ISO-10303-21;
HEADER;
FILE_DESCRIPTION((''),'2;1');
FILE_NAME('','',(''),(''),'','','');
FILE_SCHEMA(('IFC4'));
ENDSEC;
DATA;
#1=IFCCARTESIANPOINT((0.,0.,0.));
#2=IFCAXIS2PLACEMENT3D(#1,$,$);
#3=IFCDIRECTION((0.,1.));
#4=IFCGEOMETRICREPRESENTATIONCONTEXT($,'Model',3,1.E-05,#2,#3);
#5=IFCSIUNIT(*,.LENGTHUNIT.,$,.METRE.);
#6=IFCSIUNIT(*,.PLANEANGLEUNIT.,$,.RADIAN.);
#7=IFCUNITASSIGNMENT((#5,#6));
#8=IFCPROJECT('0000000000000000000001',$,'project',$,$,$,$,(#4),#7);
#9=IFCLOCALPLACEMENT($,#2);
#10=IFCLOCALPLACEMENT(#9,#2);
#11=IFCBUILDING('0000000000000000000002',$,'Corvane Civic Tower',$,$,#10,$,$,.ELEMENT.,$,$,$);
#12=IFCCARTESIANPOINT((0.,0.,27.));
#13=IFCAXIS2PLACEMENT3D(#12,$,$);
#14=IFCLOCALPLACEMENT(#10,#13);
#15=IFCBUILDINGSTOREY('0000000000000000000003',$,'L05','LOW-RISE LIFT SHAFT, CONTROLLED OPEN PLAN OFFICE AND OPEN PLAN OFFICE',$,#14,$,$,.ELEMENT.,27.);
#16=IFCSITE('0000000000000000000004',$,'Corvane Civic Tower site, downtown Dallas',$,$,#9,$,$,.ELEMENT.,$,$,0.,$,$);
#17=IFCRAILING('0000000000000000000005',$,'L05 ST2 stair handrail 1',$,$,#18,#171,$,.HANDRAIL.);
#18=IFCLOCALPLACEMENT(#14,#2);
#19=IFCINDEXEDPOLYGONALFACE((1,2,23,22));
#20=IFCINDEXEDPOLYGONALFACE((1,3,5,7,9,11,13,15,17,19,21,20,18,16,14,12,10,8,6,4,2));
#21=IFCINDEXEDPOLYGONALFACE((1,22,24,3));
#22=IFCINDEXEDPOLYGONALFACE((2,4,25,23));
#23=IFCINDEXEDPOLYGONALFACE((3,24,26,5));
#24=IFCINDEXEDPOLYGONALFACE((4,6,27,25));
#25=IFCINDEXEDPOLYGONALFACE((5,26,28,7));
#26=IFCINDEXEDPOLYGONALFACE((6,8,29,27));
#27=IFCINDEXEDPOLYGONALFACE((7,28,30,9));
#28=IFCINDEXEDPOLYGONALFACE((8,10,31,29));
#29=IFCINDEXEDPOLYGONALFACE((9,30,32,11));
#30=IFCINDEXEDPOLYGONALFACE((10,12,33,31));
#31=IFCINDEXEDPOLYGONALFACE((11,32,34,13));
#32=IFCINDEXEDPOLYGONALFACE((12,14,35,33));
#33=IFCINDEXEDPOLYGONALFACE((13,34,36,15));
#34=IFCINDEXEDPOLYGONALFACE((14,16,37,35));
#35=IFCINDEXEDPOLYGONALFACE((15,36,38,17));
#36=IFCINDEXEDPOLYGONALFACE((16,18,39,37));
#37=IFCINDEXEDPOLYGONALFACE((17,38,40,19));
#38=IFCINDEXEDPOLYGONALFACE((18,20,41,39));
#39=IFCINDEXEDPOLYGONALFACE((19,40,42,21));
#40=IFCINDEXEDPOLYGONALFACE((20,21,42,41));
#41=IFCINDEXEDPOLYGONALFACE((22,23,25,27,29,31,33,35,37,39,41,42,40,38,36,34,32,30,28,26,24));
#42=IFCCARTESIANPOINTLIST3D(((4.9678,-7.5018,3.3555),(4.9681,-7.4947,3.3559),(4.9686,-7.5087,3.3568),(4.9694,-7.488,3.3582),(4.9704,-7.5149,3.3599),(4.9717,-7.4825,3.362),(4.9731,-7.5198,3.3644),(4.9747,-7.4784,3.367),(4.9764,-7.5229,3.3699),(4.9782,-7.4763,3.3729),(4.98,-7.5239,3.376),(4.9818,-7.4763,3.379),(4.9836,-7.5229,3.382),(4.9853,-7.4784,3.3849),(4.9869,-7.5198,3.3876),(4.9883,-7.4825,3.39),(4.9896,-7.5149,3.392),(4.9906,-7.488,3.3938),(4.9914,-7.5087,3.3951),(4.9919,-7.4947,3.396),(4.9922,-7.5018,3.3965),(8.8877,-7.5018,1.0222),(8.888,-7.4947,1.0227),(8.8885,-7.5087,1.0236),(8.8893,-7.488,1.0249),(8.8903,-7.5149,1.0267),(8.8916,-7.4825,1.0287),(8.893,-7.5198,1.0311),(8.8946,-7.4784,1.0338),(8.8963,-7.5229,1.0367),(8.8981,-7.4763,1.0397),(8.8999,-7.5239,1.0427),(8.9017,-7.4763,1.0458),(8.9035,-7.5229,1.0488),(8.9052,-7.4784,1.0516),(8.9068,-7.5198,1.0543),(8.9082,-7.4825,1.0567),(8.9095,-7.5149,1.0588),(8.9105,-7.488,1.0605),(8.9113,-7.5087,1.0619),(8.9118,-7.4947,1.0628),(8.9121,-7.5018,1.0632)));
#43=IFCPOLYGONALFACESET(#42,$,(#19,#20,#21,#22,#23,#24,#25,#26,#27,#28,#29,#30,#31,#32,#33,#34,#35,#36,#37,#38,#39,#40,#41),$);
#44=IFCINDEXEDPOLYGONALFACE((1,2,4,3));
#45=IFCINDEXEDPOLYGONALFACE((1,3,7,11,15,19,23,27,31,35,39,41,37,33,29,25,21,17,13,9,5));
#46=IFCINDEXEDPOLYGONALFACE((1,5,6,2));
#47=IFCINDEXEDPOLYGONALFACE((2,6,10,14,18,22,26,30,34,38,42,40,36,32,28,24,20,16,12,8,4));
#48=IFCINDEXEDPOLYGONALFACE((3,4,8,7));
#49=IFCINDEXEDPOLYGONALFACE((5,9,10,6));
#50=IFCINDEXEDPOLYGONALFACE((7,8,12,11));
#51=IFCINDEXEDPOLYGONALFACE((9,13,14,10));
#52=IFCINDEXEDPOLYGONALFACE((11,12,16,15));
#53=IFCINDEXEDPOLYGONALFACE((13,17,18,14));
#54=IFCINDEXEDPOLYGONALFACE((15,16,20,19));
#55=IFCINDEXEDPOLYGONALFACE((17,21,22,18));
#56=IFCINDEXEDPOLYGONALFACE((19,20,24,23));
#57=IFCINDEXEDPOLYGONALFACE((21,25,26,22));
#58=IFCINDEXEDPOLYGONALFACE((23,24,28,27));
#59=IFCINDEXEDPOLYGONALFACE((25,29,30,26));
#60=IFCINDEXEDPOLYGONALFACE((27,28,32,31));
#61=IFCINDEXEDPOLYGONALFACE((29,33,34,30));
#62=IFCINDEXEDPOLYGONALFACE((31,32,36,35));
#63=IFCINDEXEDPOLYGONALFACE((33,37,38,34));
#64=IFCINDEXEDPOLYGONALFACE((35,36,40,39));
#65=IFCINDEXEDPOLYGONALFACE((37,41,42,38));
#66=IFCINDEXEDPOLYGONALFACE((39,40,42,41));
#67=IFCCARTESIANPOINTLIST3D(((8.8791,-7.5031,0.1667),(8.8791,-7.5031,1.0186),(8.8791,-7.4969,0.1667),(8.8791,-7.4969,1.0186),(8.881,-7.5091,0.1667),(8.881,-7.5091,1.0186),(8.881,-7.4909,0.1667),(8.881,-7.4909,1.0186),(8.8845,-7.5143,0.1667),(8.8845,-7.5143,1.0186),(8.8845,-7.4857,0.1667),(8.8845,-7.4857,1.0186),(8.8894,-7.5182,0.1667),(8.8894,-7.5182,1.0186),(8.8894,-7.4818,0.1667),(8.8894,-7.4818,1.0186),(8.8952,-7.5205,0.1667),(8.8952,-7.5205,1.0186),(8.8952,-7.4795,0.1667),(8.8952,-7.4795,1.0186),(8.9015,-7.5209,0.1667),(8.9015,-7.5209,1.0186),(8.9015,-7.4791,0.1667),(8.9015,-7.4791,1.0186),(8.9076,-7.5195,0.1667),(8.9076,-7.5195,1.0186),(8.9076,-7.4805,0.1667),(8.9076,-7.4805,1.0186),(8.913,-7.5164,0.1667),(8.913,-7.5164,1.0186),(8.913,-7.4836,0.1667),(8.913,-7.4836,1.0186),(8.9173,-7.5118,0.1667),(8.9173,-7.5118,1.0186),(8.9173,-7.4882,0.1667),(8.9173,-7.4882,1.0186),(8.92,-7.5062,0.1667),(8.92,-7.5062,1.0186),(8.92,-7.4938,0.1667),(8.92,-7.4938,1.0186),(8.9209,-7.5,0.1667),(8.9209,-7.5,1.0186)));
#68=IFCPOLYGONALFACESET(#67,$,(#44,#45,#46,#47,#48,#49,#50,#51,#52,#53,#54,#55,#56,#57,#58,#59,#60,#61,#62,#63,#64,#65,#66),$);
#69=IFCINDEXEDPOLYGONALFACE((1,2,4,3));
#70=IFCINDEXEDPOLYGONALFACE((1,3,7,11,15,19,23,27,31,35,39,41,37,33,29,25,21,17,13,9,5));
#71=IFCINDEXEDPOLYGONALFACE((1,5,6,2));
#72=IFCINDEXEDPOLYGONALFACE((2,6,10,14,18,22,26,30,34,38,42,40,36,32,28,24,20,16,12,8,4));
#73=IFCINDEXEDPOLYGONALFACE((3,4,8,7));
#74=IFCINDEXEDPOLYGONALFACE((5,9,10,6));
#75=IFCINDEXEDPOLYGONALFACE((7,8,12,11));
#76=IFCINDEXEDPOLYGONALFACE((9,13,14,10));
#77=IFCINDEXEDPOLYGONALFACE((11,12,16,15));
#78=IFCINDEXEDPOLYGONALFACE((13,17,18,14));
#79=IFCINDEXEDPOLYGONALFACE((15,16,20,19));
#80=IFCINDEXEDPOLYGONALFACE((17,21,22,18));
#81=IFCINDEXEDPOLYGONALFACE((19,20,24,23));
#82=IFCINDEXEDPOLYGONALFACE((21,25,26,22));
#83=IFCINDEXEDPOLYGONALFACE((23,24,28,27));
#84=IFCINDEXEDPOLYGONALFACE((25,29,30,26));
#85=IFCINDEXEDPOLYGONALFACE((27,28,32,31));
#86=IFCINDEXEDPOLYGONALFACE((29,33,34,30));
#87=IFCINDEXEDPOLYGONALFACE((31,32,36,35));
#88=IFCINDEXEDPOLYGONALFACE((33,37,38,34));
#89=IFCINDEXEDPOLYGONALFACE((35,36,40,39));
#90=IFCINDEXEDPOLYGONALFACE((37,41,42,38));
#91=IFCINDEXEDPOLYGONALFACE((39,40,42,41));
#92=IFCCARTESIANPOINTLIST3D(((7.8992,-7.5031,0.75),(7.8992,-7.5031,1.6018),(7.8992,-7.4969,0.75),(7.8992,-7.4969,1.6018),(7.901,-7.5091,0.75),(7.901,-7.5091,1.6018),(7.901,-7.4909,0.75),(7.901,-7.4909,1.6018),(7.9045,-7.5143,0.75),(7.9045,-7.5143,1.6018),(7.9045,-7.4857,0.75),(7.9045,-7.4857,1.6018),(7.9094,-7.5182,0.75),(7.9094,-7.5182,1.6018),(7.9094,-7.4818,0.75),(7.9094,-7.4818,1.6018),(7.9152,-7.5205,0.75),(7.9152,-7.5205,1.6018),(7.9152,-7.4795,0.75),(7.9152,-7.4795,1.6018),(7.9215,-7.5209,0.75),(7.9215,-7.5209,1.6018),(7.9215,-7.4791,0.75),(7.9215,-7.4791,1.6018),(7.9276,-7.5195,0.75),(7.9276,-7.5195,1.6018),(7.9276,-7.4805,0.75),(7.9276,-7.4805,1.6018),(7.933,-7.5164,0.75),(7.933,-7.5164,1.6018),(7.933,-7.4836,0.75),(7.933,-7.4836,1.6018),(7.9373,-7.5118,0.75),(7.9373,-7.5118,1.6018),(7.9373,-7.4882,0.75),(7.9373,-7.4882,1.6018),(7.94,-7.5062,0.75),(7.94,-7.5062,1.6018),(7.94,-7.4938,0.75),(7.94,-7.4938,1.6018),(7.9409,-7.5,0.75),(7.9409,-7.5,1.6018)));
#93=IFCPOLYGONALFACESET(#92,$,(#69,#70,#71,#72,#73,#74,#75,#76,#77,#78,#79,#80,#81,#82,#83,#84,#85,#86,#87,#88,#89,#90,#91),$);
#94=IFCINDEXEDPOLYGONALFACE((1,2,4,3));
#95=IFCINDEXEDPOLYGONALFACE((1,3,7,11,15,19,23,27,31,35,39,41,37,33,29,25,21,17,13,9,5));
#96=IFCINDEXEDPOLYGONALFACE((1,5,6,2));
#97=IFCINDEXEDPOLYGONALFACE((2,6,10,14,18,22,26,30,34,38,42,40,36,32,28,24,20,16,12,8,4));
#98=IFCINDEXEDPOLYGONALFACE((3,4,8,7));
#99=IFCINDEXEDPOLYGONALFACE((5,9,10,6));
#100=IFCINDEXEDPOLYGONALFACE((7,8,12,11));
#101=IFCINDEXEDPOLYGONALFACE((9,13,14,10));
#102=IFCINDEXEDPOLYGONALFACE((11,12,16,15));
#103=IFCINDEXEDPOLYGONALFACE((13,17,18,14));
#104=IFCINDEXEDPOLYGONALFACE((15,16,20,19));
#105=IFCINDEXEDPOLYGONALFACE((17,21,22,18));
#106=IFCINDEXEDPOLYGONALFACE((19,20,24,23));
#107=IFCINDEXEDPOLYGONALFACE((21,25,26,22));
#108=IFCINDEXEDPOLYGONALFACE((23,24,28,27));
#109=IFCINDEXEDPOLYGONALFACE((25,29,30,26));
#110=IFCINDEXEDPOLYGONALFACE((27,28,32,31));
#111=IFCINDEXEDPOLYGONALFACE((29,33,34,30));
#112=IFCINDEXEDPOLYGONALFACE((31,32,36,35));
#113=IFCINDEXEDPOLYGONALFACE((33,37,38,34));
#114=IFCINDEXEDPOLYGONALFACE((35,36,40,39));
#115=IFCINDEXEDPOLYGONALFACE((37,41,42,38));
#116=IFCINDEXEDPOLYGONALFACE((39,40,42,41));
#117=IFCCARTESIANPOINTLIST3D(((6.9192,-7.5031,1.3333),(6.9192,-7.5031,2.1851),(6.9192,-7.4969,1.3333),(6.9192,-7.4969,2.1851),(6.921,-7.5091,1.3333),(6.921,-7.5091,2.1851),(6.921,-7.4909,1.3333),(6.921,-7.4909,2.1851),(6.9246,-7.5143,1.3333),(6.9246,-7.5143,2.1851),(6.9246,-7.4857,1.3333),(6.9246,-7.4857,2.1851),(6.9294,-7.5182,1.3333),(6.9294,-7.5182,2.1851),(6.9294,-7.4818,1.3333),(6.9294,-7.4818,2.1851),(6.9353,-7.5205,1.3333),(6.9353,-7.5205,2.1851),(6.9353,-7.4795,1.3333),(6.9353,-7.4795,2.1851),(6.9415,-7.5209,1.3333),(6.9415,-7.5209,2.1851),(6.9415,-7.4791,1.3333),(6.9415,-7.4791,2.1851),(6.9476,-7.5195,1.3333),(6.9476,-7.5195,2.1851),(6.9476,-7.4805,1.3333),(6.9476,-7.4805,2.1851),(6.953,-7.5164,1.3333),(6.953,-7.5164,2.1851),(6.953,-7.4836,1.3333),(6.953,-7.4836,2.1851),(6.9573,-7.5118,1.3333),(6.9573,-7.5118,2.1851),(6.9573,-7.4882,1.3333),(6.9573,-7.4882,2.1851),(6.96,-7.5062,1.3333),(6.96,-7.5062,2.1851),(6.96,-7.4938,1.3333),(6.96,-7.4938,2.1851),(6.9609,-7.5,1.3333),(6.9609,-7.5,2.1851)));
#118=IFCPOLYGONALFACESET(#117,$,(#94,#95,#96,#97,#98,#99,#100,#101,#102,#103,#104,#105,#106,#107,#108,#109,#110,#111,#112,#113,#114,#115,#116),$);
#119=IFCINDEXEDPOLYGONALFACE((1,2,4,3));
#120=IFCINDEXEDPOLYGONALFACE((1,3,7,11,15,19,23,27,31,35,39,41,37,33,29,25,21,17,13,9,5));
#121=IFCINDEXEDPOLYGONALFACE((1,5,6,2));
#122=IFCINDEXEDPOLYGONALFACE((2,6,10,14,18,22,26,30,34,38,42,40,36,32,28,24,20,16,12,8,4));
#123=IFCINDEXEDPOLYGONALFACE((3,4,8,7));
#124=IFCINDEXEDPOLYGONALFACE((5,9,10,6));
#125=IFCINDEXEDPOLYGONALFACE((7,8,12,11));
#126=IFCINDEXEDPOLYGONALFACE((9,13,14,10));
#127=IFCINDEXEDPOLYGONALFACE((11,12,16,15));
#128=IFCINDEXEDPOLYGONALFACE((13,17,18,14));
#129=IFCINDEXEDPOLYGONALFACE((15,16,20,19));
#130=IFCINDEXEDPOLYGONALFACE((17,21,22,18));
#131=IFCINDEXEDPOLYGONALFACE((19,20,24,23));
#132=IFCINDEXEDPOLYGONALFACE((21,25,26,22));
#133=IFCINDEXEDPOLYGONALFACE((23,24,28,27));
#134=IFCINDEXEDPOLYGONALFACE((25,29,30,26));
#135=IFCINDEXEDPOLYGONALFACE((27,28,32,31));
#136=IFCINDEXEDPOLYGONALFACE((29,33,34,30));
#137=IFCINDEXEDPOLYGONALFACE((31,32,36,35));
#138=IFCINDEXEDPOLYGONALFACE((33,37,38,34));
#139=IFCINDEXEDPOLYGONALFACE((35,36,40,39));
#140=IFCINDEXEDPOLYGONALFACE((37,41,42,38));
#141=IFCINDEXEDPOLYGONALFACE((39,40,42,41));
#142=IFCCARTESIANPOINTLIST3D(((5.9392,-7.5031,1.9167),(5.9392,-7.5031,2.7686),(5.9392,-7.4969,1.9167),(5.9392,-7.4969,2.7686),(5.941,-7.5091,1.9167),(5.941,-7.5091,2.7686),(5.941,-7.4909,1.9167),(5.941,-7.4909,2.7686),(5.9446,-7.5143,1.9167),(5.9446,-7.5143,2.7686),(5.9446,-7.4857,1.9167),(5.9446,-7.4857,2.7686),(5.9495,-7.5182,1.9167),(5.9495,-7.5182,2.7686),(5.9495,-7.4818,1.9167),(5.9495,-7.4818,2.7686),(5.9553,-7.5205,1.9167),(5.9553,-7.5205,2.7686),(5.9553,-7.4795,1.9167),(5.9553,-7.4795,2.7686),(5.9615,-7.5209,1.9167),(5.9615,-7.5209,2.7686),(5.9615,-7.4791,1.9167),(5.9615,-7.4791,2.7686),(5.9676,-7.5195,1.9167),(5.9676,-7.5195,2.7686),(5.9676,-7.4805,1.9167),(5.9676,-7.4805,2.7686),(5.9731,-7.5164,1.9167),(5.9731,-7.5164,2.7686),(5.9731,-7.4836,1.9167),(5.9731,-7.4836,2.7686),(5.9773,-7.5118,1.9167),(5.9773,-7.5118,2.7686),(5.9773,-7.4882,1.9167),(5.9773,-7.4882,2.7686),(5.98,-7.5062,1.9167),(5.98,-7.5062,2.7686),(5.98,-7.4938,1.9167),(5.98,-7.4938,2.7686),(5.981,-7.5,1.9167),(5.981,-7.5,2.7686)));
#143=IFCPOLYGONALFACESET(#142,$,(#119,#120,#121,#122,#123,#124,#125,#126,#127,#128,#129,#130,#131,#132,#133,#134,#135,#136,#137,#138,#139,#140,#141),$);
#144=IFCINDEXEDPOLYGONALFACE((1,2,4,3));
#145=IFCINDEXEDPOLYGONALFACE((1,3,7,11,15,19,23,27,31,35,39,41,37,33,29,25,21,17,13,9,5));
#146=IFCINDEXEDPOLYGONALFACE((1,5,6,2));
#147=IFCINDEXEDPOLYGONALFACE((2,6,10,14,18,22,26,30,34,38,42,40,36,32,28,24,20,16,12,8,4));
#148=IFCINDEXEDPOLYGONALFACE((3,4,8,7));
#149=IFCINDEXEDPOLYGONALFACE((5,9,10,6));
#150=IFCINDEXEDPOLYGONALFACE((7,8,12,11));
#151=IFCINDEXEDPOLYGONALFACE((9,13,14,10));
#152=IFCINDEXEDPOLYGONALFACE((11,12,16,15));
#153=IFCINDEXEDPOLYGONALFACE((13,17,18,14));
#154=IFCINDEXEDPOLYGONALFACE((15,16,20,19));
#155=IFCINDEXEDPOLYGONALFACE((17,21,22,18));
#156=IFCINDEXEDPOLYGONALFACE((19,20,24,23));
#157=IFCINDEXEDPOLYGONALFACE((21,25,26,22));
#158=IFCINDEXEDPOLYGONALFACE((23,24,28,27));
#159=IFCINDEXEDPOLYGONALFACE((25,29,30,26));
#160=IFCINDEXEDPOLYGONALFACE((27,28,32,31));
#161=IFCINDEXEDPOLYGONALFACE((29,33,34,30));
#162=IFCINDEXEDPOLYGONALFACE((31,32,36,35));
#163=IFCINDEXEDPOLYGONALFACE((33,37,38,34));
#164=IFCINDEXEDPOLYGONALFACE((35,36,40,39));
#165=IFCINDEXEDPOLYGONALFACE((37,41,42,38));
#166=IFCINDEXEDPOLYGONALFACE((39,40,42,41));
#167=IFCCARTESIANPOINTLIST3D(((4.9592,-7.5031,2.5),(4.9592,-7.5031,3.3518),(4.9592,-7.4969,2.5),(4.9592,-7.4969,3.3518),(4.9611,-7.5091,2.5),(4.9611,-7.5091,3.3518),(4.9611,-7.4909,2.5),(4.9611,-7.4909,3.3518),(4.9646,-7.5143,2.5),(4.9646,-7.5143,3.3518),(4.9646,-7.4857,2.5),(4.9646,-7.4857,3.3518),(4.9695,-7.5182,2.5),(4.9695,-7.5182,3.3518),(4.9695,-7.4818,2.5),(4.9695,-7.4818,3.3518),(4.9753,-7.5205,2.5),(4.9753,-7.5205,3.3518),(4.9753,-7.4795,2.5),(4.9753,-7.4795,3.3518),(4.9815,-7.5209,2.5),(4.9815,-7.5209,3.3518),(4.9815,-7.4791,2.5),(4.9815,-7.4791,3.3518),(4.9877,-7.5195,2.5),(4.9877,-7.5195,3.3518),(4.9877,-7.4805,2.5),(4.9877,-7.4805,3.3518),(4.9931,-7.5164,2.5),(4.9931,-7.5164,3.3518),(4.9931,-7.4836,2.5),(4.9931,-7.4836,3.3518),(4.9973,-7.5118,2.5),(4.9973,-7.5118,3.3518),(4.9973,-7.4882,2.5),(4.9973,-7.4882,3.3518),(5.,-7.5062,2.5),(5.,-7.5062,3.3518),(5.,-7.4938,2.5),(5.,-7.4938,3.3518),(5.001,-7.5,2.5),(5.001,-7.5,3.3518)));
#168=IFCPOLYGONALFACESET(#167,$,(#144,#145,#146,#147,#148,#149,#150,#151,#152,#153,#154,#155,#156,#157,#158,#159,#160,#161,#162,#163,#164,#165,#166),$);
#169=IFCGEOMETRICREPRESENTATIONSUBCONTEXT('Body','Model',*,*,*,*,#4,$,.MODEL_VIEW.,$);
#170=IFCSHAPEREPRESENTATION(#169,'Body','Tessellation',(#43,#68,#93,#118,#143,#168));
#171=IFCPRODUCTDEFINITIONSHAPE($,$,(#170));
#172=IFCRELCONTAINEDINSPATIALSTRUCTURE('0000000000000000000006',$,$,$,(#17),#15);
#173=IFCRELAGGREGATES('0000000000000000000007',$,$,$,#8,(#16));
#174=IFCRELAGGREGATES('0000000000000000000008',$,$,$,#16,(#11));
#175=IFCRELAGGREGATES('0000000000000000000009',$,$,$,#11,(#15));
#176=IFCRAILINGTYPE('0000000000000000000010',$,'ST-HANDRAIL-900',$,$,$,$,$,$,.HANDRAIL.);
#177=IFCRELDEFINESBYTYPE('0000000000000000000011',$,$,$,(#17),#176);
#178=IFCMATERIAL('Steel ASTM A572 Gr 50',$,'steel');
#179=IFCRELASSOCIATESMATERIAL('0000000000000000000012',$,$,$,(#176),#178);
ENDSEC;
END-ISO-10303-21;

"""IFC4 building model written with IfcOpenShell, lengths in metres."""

from ifc_helpers import new_model, si_unit, direction, frame, origin, origin_2d, place, context, subcontext, project, spatial, circle, extrude, material, type_object, element, save


model = new_model("IFC4")

# Units and contexts
model_context = context("Model", 3, precision=1e-05, world=origin(), true_north=direction((0.0, 1.0)))
body_context = subcontext(model_context, "Body", "Model", "MODEL_VIEW")
ifc_project = project(units=[si_unit("LENGTHUNIT", "METRE"), si_unit("PLANEANGLEUNIT", "RADIAN")], contexts=[model_context])

# Site, building, storey
site_placement = place(None, origin())
site = spatial("IfcSite", under=ifc_project, at=site_placement, Name="Corvane Civic Tower site, downtown Dallas", CompositionType="ELEMENT", RefElevation=0.0)
building_placement = place(site_placement, origin())
building = spatial("IfcBuilding", under=site, at=building_placement, Name="Corvane Civic Tower", CompositionType="ELEMENT")
storey_placement = place(building_placement, frame((0.0, 0.0, 27.0)))
storey = spatial("IfcBuildingStorey", under=building, at=storey_placement, Name="L05", Description="LOW-RISE LIFT SHAFT, CONTROLLED OPEN PLAN OFFICE AND OPEN PLAN OFFICE", CompositionType="ELEMENT", Elevation=27.0)

# Railing
ifc_material_1 = material(Name="Steel ASTM A572 Gr 50", Category="steel")
railing_type_1 = type_object("IfcRailingType", Name="ST-HANDRAIL-900", PredefinedType="HANDRAIL", material=ifc_material_1)
railing_1_placement = place(storey_placement, frame((8.8999, -7.5, 0.1667)))
element("IfcRailing", 1, at=railing_1_placement, inside=storey, type_object=railing_type_1, Name="L05 ST2 stair handrail 1", PredefinedType="HANDRAIL", context=body_context, shape_type="SweptSolid", body=[
    extrude(circle(Radius=0.0239, at=origin_2d()), frame((0.0, 0.0, 0.876), z_axis=(-0.859296, 0.0, 0.511478), x_axis=(0.0, -1.0, 0.0)), (0.0, 0.0, 1.0), 4.5618),
    extrude(circle(Radius=0.021, at=origin_2d()), origin(), (0.0, 0.0, 1.0), 0.8518),
    extrude(circle(Radius=0.021, at=origin_2d()), frame((-0.98, 0.0, 0.5833)), (0.0, 0.0, 1.0), 0.8518),
    extrude(circle(Radius=0.021, at=origin_2d()), frame((-1.96, 0.0, 1.1665)), (0.0, 0.0, 1.0), 0.8518),
    extrude(circle(Radius=0.021, at=origin_2d()), frame((-2.9399, 0.0, 1.75)), (0.0, 0.0, 1.0), 0.8518),
    extrude(circle(Radius=0.021, at=origin_2d()), frame((-3.9199, 0.0, 2.3333)), (0.0, 0.0, 1.0), 0.8518),
])

save(model, "model.ifc")
